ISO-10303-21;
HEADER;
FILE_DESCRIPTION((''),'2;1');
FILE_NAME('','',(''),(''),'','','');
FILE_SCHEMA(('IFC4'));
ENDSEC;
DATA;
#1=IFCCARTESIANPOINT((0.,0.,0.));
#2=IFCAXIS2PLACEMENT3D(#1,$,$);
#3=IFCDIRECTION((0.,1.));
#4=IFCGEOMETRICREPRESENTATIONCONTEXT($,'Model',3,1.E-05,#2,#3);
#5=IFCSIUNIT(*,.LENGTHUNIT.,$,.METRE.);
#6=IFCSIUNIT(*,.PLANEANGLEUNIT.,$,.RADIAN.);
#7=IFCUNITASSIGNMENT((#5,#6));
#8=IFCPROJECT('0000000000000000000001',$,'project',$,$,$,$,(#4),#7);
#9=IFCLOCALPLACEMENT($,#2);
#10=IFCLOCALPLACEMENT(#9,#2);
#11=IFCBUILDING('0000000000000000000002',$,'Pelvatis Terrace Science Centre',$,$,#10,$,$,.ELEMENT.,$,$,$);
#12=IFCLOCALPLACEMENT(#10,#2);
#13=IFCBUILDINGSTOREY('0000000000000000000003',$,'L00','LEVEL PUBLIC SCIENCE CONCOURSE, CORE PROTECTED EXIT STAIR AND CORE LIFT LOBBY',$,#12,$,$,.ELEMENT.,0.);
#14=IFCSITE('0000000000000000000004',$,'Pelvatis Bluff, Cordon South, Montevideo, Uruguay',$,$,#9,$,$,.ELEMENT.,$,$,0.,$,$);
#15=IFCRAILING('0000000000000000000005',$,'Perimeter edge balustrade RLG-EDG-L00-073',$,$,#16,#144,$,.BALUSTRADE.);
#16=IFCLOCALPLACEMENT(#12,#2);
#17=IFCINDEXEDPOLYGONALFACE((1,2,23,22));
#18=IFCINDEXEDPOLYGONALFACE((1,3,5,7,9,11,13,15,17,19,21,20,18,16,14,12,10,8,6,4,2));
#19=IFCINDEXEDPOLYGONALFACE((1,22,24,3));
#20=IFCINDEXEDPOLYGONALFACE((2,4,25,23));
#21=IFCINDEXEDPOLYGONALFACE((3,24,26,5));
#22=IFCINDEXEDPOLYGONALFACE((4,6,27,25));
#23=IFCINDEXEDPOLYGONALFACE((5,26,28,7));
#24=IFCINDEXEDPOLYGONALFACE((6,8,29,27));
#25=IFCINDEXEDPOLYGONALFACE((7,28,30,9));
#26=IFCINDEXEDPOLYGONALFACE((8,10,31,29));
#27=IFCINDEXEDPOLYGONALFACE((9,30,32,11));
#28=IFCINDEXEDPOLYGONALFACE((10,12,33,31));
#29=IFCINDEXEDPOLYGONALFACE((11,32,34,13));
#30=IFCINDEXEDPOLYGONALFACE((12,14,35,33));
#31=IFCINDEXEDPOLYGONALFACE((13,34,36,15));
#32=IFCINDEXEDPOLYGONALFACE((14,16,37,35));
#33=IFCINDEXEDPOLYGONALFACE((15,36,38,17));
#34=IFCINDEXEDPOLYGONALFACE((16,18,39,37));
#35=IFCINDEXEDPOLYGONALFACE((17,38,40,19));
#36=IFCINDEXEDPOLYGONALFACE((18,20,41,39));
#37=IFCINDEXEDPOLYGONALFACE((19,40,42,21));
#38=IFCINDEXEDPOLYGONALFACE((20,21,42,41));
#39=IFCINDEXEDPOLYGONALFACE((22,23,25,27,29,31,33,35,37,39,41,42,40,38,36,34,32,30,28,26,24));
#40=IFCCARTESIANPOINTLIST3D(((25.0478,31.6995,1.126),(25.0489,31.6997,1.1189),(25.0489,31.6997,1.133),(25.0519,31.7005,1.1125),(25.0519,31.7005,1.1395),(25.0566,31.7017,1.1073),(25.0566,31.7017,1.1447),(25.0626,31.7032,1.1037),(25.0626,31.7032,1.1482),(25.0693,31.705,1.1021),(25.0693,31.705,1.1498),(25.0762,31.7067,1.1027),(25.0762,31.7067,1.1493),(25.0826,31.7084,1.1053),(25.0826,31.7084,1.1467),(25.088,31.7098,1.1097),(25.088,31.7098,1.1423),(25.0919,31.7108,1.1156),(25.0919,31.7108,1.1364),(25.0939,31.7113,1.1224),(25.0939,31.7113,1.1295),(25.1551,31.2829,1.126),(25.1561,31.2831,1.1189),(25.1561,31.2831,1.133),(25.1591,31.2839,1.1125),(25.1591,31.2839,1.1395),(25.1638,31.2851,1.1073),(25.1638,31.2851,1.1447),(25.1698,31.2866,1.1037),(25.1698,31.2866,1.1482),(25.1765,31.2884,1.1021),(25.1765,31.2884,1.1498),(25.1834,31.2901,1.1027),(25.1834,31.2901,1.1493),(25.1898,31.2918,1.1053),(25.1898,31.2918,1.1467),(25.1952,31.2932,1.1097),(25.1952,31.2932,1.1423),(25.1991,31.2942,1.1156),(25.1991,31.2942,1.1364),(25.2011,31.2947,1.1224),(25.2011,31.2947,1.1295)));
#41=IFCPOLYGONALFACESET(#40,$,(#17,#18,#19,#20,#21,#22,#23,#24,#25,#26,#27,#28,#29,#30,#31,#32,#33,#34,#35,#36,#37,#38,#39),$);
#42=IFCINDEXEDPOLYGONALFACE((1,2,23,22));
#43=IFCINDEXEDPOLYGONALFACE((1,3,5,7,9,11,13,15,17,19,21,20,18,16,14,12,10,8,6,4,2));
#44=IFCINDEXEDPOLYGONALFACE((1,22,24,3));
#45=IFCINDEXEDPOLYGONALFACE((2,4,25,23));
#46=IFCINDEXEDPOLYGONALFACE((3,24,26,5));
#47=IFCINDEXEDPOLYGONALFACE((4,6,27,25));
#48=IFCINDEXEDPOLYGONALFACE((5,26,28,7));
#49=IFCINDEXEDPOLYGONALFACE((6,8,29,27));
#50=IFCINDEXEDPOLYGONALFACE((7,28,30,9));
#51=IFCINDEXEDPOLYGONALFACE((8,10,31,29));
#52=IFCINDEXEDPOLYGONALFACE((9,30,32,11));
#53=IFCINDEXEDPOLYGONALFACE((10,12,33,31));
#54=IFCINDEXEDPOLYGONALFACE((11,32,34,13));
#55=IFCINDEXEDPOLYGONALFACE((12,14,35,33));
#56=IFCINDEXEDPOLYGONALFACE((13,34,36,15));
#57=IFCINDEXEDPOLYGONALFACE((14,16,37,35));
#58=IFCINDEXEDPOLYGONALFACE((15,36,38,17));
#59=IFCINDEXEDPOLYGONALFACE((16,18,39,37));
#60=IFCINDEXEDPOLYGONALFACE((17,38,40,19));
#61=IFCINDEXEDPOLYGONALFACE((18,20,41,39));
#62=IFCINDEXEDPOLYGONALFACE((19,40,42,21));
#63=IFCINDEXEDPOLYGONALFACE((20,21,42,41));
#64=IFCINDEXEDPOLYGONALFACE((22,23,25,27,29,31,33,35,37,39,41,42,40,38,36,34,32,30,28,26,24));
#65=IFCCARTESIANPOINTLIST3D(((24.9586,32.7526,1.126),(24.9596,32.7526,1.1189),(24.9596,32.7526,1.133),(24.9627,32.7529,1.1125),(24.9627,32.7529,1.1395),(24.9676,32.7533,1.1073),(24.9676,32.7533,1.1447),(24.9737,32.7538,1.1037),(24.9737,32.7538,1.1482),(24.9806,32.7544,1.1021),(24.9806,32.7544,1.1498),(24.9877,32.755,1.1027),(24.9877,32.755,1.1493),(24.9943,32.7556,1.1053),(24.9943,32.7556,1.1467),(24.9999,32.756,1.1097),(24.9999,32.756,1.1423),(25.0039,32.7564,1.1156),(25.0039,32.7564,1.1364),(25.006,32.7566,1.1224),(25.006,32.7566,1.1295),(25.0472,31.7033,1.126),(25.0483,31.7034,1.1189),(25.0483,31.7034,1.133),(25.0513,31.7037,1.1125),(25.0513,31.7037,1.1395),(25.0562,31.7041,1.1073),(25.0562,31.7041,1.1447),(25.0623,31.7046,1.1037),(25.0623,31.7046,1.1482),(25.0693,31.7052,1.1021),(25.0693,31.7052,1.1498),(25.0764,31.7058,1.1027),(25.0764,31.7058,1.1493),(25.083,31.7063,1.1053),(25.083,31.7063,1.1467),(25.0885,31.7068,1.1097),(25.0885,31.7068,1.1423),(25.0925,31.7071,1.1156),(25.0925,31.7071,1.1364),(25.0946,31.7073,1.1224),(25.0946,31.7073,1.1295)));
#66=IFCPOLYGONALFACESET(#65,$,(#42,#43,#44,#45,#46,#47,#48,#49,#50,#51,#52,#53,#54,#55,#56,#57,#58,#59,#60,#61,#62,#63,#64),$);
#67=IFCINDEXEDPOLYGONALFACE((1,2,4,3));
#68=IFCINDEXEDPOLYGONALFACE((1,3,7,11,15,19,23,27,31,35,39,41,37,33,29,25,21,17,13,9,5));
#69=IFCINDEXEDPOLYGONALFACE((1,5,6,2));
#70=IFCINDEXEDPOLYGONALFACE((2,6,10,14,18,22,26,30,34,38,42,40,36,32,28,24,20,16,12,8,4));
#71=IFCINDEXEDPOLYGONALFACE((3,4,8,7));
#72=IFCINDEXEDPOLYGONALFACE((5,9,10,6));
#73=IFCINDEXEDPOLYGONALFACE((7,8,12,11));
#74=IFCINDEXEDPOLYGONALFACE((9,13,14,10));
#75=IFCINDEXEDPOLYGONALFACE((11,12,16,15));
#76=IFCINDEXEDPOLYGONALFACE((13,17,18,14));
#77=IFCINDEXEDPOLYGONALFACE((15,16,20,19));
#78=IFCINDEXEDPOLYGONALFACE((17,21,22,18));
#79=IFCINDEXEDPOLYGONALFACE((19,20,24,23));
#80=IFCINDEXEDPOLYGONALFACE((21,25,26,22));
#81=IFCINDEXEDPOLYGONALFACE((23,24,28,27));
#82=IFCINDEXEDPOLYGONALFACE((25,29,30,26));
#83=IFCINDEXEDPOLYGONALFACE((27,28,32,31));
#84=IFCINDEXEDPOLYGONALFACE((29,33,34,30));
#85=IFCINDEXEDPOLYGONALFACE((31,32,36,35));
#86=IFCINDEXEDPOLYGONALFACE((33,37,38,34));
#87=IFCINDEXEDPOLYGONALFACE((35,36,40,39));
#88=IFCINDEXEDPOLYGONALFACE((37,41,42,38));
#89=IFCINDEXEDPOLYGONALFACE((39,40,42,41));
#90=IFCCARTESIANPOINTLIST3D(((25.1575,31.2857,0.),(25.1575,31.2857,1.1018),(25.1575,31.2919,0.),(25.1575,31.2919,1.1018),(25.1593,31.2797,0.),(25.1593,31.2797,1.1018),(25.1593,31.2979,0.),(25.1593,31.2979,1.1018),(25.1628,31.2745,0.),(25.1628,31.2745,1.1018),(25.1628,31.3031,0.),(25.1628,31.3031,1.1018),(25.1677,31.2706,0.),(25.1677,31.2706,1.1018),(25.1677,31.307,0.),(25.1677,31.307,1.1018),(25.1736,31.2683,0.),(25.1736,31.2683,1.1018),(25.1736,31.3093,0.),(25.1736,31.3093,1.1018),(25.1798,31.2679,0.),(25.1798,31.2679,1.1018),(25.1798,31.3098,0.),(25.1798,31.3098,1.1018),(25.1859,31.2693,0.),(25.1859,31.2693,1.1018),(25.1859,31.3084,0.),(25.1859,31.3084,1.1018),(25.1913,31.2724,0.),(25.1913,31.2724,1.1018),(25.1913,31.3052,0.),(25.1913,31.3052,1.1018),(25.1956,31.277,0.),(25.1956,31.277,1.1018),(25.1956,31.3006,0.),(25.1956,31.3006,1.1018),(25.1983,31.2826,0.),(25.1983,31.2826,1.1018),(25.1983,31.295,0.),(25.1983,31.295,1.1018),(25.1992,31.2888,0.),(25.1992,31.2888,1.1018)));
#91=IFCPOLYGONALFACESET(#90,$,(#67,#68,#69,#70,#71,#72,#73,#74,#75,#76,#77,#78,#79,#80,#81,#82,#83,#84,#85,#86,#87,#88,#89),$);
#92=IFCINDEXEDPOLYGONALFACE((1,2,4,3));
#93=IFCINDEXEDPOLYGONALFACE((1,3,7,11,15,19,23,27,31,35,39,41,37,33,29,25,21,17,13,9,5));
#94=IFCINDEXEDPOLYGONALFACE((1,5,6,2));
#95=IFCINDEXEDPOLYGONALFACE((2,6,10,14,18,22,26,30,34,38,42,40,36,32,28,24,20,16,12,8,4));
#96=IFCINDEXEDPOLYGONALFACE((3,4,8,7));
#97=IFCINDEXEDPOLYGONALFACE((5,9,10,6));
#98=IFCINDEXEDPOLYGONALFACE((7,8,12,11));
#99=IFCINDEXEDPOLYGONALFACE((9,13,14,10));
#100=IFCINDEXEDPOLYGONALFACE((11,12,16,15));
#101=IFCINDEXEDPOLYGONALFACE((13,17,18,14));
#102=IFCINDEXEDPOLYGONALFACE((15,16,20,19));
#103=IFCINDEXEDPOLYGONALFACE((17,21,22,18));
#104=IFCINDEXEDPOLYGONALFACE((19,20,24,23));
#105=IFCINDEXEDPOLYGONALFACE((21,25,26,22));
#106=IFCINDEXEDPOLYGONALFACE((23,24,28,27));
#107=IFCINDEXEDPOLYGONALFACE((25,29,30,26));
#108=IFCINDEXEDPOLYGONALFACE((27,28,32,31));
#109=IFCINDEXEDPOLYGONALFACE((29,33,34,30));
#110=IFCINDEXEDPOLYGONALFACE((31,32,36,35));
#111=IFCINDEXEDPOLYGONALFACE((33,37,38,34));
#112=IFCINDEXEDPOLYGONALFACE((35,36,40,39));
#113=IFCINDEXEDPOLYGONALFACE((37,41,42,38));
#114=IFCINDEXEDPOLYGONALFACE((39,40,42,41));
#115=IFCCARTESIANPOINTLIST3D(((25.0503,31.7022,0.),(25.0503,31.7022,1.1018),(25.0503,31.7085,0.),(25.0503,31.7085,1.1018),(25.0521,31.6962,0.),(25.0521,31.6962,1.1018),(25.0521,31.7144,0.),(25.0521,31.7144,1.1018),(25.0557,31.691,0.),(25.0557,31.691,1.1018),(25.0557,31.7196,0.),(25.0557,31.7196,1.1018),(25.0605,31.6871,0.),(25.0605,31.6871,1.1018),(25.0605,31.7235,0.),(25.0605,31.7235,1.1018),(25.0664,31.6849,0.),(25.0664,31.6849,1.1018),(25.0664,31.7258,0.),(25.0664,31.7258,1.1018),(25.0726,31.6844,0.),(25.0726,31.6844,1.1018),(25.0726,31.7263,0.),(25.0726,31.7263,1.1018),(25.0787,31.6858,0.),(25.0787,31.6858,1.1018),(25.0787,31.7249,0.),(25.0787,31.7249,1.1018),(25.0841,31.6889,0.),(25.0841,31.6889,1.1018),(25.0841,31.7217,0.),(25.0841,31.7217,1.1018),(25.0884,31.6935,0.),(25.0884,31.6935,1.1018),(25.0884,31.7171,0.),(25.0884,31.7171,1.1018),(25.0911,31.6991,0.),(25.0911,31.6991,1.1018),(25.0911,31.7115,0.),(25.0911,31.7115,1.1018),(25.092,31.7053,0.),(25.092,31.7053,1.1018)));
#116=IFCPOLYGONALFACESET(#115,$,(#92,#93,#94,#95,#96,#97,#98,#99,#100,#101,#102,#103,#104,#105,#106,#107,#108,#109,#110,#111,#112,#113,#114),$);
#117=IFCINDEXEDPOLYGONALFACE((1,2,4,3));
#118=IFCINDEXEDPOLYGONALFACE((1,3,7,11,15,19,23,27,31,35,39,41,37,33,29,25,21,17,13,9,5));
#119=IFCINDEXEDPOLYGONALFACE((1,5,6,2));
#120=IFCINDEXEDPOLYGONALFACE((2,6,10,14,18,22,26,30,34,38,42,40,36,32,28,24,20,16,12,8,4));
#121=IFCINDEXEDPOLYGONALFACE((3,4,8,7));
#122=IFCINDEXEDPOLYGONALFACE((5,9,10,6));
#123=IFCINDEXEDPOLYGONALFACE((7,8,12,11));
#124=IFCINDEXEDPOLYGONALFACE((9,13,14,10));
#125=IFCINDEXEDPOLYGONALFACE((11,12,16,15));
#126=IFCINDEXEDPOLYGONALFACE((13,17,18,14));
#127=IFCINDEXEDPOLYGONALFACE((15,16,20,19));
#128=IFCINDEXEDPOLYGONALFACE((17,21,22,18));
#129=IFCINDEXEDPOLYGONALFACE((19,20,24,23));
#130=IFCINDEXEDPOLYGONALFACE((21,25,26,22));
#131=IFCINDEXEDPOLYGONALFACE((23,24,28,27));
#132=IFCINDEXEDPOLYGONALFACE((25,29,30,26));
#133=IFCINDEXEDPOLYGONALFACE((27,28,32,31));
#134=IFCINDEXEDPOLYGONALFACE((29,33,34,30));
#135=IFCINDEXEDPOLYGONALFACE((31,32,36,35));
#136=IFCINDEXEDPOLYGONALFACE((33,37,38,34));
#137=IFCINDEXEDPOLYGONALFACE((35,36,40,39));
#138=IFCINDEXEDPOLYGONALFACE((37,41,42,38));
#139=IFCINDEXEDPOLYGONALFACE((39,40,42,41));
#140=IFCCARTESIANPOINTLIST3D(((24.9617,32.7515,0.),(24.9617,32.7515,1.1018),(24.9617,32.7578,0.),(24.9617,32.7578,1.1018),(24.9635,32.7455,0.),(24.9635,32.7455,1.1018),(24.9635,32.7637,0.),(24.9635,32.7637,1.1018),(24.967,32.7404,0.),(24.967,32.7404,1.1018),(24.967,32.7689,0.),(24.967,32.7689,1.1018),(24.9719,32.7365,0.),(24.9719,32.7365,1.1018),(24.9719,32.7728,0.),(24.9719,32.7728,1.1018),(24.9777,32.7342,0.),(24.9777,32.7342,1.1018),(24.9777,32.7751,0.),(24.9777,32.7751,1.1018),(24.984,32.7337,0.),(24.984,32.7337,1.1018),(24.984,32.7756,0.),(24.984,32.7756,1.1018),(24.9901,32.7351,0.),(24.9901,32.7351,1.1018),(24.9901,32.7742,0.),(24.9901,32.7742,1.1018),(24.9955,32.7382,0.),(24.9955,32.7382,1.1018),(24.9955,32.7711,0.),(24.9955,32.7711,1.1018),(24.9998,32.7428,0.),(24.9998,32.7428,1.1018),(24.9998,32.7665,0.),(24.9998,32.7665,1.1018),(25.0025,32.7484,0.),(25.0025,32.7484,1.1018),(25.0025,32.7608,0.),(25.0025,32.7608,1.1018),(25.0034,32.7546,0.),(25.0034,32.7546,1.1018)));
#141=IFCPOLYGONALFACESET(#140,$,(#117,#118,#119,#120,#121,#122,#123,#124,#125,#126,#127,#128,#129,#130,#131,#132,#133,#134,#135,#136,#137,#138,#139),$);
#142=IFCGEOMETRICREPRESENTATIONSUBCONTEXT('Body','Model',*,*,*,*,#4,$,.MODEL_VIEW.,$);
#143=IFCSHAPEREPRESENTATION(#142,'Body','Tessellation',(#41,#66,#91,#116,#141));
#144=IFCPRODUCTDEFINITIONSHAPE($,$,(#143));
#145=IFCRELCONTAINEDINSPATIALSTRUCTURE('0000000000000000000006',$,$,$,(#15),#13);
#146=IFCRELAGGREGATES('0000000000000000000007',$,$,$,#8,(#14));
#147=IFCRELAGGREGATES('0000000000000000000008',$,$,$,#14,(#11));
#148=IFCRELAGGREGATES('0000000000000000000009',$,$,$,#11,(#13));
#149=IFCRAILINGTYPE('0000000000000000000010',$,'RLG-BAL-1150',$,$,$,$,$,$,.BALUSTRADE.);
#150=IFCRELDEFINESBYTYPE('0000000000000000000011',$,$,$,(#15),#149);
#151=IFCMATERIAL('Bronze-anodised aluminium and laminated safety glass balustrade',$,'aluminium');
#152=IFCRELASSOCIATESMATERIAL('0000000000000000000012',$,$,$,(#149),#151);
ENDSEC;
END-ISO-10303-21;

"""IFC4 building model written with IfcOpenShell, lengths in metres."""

from ifc_helpers import new_model, si_unit, direction, frame, origin, origin_2d, place, context, subcontext, project, spatial, circle, extrude, material, type_object, element, save


model = new_model("IFC4")

# Units and contexts
model_context = context("Model", 3, precision=1e-05, world=origin(), true_north=direction((0.0, 1.0)))
body_context = subcontext(model_context, "Body", "Model", "MODEL_VIEW")
ifc_project = project(units=[si_unit("LENGTHUNIT", "METRE"), si_unit("PLANEANGLEUNIT", "RADIAN")], contexts=[model_context])

# Site, building, storey
site_placement = place(None, origin())
site = spatial("IfcSite", under=ifc_project, at=site_placement, Name="Pelvatis Bluff, Cordon South, Montevideo, Uruguay", CompositionType="ELEMENT", RefElevation=0.0)
building_placement = place(site_placement, origin())
building = spatial("IfcBuilding", under=site, at=building_placement, Name="Pelvatis Terrace Science Centre", CompositionType="ELEMENT")
storey_placement = place(building_placement, origin())
storey = spatial("IfcBuildingStorey", under=building, at=storey_placement, Name="L00", Description="LEVEL PUBLIC SCIENCE CONCOURSE, CORE PROTECTED EXIT STAIR AND CORE LIFT LOBBY", CompositionType="ELEMENT", Elevation=0.0)

# Railing
ifc_material_1 = material(Name="Bronze-anodised aluminium and laminated safety glass balustrade", Category="aluminium")
railing_type = type_object("IfcRailingType", Name="RLG-BAL-1150", PredefinedType="BALUSTRADE", material=ifc_material_1)
railing_1_placement = place(storey_placement, frame((25.1782, 31.2888, 0.0)))
element("IfcRailing", 1, at=railing_1_placement, inside=storey, type_object=railing_type, Name="Perimeter edge balustrade RLG-EDG-L00-073", PredefinedType="BALUSTRADE", context=body_context, shape_type="SweptSolid", body=[
    extrude(circle(Radius=0.0239, at=origin_2d()), frame((0.0, 0.0, 1.126), z_axis=(-0.249208, 0.96845, 0.0), x_axis=(-0.96845, -0.249208, 0.0)), (0.0, 0.0, 1.0), 0.4302),
    extrude(circle(Radius=0.0239, at=origin_2d()), frame((-0.1072, 0.4165, 1.126), z_axis=(-0.084158, 0.996452, 0.0), x_axis=(-0.996452, -0.084158, 0.0)), (0.0, 0.0, 1.0), 1.053),
    extrude(circle(Radius=0.021, at=origin_2d()), origin(), (0.0, 0.0, 1.0), 1.1018),
    extrude(circle(Radius=0.021, at=origin_2d()), frame((-0.1072, 0.4165, 0.0)), (0.0, 0.0, 1.0), 1.1018),
    extrude(circle(Radius=0.021, at=origin_2d()), frame((-0.1958, 1.4658, 0.0)), (0.0, 0.0, 1.0), 1.1018),
])

save(model, "model.ifc")
